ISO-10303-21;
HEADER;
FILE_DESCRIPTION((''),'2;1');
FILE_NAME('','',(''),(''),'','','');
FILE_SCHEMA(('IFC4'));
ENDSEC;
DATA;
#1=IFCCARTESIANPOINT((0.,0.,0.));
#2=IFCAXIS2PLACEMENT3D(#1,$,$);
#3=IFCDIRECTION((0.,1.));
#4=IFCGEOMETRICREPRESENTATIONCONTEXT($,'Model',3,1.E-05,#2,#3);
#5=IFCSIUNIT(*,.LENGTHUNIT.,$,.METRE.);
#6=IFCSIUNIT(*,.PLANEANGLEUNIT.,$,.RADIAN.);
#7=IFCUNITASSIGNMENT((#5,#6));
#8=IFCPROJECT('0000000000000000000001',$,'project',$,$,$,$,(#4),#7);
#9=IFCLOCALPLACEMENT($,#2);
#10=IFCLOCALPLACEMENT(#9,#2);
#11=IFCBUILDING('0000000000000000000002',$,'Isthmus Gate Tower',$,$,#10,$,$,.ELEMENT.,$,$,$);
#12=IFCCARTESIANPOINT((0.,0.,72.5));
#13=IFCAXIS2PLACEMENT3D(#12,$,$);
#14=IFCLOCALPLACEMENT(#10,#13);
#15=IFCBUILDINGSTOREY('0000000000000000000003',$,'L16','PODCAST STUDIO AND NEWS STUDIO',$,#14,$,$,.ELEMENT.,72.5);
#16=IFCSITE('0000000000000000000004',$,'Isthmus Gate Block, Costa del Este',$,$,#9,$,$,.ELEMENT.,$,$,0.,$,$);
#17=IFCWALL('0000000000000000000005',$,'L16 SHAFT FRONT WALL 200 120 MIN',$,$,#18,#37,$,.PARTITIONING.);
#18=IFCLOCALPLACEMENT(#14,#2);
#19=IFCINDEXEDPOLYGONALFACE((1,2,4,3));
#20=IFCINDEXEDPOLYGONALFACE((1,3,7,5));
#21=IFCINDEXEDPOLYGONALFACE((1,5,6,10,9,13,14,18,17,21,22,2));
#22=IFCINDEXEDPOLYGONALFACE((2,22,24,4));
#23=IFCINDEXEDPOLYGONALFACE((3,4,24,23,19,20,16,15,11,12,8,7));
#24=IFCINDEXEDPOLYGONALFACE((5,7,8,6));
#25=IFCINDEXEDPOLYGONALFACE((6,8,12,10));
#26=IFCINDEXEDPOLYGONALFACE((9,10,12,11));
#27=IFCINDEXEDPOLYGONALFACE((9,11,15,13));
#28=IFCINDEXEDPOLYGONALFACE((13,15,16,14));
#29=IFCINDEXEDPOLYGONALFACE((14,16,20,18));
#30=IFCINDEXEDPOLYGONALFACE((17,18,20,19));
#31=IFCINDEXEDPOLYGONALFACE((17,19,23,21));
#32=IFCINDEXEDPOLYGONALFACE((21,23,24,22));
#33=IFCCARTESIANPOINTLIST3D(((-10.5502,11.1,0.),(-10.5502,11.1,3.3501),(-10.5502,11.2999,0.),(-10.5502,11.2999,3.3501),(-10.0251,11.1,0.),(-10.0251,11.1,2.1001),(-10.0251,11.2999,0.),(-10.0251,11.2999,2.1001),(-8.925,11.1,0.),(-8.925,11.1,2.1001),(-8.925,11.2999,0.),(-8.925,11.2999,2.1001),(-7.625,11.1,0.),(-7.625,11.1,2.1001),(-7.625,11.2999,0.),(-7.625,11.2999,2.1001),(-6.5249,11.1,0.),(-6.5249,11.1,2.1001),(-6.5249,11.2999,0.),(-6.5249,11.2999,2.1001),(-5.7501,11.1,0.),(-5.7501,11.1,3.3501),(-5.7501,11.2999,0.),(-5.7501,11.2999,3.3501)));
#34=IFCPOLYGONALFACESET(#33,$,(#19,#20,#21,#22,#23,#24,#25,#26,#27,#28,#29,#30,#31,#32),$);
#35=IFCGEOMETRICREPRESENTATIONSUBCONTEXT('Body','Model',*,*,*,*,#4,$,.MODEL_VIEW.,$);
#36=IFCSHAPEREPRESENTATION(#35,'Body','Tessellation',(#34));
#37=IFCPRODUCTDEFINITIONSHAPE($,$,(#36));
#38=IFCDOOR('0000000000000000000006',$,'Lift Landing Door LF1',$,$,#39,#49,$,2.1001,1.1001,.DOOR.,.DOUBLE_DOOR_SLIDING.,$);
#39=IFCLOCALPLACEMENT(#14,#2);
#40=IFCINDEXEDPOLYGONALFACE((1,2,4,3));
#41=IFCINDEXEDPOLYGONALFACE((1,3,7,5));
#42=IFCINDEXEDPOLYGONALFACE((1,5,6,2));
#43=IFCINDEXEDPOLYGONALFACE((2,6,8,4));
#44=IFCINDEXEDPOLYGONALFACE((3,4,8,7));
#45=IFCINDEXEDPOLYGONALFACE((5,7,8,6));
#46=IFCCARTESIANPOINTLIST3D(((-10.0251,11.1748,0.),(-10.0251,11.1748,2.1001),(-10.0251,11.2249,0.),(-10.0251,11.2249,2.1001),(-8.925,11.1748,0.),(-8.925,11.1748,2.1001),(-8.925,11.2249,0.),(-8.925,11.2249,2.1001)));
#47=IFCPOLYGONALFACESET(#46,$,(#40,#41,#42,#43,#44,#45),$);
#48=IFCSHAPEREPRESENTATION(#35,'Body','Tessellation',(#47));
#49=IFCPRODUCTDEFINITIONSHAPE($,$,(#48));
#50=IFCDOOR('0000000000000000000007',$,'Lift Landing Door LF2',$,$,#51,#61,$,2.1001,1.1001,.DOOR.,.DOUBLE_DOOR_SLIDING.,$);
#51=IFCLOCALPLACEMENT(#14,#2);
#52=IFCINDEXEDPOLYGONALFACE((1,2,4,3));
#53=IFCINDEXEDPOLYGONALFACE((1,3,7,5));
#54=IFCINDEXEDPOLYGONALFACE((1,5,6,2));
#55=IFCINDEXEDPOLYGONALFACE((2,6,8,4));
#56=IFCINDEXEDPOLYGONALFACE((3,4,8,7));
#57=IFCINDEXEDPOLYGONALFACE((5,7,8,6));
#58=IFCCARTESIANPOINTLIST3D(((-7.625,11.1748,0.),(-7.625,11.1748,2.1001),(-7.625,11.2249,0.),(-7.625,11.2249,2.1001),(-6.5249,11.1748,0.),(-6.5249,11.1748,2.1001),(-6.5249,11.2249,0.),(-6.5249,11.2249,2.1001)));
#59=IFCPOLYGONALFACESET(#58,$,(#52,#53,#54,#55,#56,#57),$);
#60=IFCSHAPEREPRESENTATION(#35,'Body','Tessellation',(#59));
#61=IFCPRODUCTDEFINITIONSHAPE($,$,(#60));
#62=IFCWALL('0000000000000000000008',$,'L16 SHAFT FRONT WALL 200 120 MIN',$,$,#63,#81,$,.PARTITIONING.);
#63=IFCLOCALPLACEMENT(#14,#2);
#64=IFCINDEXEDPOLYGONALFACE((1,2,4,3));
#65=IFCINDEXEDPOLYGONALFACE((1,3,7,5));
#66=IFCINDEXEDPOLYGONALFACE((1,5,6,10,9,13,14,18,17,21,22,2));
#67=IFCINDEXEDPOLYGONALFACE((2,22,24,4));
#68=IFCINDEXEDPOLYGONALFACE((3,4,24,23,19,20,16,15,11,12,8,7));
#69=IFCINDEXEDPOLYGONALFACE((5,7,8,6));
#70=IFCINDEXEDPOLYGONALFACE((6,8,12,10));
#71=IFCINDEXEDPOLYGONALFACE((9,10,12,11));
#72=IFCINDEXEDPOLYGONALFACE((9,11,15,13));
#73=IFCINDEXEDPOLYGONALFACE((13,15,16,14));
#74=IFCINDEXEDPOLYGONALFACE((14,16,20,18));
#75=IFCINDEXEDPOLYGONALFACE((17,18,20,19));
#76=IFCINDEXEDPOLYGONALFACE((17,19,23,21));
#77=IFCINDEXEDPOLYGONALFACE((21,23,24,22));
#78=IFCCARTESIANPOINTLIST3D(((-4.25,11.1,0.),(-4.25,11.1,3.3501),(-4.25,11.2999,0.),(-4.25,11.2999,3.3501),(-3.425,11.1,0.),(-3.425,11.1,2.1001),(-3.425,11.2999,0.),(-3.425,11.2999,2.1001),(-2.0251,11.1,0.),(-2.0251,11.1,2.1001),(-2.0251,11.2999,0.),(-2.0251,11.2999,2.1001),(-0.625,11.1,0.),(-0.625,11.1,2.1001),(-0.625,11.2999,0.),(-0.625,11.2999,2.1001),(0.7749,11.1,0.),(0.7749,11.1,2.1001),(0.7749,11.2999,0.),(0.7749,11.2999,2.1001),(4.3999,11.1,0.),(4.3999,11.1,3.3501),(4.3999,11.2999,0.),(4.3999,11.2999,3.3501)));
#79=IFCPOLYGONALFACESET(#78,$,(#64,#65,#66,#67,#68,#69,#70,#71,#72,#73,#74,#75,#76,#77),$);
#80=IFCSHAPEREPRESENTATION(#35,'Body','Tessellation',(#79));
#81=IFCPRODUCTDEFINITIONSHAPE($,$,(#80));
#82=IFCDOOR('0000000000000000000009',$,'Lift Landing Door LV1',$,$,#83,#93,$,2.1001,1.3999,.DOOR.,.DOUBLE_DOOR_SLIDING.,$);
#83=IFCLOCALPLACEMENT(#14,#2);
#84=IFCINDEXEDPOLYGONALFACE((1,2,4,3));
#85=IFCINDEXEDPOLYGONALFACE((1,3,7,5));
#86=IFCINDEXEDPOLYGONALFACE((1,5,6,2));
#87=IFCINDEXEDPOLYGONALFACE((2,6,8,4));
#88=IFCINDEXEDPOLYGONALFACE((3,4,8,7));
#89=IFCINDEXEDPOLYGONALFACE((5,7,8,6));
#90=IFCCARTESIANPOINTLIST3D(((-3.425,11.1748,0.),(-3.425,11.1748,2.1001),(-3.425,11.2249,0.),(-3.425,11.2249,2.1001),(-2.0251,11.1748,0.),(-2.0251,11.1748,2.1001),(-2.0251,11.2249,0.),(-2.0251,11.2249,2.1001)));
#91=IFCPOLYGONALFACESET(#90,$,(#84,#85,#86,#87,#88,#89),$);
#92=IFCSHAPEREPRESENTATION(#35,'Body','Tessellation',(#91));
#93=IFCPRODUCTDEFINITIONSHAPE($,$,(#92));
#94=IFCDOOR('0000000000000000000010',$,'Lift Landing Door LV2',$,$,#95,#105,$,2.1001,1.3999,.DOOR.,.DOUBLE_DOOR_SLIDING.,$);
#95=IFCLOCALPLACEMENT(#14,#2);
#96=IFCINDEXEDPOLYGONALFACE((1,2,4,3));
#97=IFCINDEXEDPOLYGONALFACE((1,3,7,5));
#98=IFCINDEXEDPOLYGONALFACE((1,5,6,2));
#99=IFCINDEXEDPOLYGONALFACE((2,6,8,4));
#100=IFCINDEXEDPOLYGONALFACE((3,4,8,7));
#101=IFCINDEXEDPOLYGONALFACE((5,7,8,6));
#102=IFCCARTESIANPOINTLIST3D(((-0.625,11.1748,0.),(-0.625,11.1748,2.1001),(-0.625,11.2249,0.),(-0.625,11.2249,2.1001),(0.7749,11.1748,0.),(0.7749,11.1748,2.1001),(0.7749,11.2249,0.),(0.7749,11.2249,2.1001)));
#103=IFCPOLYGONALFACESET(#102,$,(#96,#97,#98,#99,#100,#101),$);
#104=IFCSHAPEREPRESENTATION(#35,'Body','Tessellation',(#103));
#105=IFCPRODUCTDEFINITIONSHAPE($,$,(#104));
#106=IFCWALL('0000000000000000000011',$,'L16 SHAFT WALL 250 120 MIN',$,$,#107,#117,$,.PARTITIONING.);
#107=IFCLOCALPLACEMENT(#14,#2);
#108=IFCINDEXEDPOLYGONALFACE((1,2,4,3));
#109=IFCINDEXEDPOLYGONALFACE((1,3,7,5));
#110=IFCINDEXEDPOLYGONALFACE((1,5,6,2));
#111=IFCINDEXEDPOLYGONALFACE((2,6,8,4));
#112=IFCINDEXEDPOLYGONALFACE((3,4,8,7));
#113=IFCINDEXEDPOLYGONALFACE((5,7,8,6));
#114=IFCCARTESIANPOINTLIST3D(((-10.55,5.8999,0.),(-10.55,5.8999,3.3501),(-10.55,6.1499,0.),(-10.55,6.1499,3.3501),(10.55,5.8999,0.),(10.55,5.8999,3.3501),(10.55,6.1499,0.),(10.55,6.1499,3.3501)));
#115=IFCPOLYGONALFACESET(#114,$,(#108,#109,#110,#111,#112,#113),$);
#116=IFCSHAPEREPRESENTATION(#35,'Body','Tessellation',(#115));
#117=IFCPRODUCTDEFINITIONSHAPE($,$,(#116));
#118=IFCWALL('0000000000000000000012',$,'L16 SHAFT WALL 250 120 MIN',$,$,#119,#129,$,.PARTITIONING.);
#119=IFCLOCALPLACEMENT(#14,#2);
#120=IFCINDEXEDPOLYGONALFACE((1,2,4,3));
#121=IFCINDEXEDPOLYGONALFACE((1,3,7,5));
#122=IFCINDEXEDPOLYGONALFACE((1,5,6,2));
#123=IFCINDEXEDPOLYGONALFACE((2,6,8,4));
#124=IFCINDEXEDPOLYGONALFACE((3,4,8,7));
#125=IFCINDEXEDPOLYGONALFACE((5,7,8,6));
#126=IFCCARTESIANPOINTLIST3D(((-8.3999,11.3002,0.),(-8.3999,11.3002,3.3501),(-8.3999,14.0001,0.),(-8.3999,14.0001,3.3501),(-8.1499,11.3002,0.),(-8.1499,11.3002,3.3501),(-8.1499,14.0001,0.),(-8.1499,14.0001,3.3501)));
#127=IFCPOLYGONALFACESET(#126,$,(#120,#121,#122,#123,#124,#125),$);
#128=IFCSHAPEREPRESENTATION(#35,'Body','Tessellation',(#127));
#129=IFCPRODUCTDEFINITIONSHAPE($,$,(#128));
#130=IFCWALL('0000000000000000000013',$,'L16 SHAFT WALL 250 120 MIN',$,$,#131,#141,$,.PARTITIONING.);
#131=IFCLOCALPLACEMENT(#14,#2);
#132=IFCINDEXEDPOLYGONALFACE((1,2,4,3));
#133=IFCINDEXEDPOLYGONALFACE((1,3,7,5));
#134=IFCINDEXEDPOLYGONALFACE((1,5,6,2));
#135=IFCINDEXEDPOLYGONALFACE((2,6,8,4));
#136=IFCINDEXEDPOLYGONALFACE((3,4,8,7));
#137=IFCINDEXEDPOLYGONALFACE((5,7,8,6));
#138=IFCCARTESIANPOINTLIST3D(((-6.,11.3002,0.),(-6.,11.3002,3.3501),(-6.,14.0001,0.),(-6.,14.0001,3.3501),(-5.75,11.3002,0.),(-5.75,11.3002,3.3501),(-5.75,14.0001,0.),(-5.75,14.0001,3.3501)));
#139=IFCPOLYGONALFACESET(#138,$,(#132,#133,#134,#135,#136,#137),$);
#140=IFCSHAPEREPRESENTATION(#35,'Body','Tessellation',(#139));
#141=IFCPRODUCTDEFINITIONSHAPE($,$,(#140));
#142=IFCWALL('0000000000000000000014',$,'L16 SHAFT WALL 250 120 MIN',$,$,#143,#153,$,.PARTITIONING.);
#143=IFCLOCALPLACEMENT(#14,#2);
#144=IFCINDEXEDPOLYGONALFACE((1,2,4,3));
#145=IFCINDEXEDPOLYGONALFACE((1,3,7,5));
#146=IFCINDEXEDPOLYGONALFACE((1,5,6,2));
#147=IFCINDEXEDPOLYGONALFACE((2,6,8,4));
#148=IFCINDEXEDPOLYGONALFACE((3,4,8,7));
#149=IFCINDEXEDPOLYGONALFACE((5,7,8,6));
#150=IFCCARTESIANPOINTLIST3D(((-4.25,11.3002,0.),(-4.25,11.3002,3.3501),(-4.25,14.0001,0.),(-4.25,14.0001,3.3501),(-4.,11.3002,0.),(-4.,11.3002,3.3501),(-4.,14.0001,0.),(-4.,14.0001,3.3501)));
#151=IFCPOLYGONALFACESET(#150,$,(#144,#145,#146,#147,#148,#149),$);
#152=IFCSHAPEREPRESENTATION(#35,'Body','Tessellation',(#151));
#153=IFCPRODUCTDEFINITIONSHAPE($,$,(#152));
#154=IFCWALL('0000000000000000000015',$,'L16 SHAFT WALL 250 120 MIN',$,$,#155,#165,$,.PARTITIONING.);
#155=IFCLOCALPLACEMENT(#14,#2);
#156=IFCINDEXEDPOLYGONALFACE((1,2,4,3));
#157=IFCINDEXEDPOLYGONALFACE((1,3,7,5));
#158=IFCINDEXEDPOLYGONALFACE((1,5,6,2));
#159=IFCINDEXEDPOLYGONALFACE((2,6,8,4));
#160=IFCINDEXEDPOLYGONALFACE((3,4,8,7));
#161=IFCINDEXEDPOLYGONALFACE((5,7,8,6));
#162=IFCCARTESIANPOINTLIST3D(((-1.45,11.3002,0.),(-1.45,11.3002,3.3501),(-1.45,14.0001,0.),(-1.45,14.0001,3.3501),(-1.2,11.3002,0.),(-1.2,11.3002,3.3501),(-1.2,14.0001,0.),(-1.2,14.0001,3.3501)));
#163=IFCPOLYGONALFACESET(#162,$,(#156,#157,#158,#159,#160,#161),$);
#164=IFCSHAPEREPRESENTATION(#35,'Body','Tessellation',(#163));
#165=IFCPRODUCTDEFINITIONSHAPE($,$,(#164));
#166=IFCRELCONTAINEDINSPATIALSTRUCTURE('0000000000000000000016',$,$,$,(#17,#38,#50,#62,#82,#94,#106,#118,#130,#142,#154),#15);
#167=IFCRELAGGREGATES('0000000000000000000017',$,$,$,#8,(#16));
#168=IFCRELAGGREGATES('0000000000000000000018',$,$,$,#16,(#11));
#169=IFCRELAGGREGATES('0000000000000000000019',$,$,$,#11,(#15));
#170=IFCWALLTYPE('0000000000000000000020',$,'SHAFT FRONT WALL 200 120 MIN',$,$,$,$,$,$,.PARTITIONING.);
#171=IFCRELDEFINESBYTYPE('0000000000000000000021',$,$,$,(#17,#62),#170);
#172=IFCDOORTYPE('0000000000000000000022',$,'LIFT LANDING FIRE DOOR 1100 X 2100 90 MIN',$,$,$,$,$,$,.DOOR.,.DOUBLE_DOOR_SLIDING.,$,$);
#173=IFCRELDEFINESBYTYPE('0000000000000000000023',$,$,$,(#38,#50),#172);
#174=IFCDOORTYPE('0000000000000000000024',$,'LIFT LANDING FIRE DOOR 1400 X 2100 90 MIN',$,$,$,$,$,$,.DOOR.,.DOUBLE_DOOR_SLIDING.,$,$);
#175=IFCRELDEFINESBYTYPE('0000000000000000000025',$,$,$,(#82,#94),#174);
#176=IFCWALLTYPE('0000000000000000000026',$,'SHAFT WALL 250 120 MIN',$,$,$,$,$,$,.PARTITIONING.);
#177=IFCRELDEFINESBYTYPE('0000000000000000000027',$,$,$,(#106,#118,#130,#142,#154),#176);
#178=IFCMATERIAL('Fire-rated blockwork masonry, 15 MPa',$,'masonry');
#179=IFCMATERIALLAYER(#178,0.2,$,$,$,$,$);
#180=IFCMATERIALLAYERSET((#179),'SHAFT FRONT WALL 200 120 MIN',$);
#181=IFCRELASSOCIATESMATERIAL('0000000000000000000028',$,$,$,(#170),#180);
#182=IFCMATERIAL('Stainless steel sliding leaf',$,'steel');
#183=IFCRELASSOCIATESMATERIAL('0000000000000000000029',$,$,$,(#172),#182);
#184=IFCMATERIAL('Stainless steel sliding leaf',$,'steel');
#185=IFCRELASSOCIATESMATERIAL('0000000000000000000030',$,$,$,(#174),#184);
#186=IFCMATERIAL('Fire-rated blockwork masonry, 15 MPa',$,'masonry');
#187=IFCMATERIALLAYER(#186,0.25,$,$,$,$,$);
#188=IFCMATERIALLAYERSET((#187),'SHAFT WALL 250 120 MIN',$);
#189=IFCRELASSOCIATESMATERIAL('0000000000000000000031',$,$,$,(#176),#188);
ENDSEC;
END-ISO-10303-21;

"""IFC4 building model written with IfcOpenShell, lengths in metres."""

from ifc_helpers import new_model, si_unit, direction, frame, frame_2d, origin, place, context, subcontext, project, spatial, rectangle, extrude, material, layer, layer_set, type_object, element, fill, save


model = new_model("IFC4")

# Units and contexts
model_context = context("Model", 3, precision=1e-05, world=origin(), true_north=direction((0.0, 1.0)))
body_context = subcontext(model_context, "Body", "Model", "MODEL_VIEW")
ifc_project = project(units=[si_unit("LENGTHUNIT", "METRE"), si_unit("PLANEANGLEUNIT", "RADIAN")], contexts=[model_context])

# Site, building, storey
site_placement = place(None, origin())
site = spatial("IfcSite", under=ifc_project, at=site_placement, Name="Isthmus Gate Block, Costa del Este", CompositionType="ELEMENT", RefElevation=0.0)
building_placement = place(site_placement, origin())
building = spatial("IfcBuilding", under=site, at=building_placement, Name="Isthmus Gate Tower", CompositionType="ELEMENT")
storey_placement = place(building_placement, frame((0.0, 0.0, 72.5)))
storey = spatial("IfcBuildingStorey", under=building, at=storey_placement, Name="L16", Description="PODCAST STUDIO AND NEWS STUDIO", CompositionType="ELEMENT", Elevation=72.5)

# Walls, openings, doors
ifc_material_1 = material(Name="Fire-rated blockwork masonry, 15 MPa", Category="masonry")
ifc_layer_1 = layer(ifc_material_1, 0.2)
ifc_layer_set_1 = layer_set([ifc_layer_1], Name="SHAFT FRONT WALL 200 120 MIN")
wall_type_1 = type_object("IfcWallType", Name="SHAFT FRONT WALL 200 120 MIN", PredefinedType="PARTITIONING", material=ifc_layer_set_1)
wall_1_placement = place(storey_placement, frame((-10.55, 11.2, 0.0), z_axis=(0.0, 0.0, 1.0), x_axis=(1.0, 0.0, 0.0)))
wall_1 = element("IfcWall", 1, at=wall_1_placement, inside=storey, type_object=wall_type_1, Name="L16 SHAFT FRONT WALL 200 120 MIN", PredefinedType="PARTITIONING", context=body_context, shape_type="SweptSolid", body=[
    extrude(rectangle(XDim=4.8, YDim=0.2, at=frame_2d((2.3999, 0.0))), origin(), (0.0, 0.0, 1.0), 3.3501),
])
opening_1_placement = place(wall_1_placement, frame((0.5249, 0.0, 0.0)))
opening_1 = element("IfcOpeningElement", 2, at=opening_1_placement, cuts=wall_1, PredefinedType="OPENING", context=body_context, shape_type="SweptSolid", body=[
    extrude(rectangle(XDim=1.1001, YDim=2.1001, at=frame_2d((0.55, 1.05))), frame((0.0, 0.1099, 0.0), z_axis=(0.0, -1.0, 0.0), x_axis=(1.0, 0.0, 0.0)), (0.0, 0.0, 1.0), 0.22),
])
opening_2_placement = place(wall_1_placement, frame((2.925, 0.0, 0.0)))
opening_2 = element("IfcOpeningElement", 3, at=opening_2_placement, cuts=wall_1, PredefinedType="OPENING", context=body_context, shape_type="SweptSolid", body=[
    extrude(rectangle(XDim=1.1001, YDim=2.1001, at=frame_2d((0.55, 1.05))), frame((0.0, 0.1099, 0.0), z_axis=(0.0, -1.0, 0.0), x_axis=(1.0, 0.0, 0.0)), (0.0, 0.0, 1.0), 0.22),
])
ifc_material_2 = material(Name="Stainless steel sliding leaf", Category="steel")
door_type_1 = type_object("IfcDoorType", Name="LIFT LANDING FIRE DOOR 1100 X 2100 90 MIN", OperationType="DOUBLE_DOOR_SLIDING", PredefinedType="DOOR", material=ifc_material_2)
door_1_placement = place(opening_1_placement, origin())
door_1 = element("IfcDoor", 4, at=door_1_placement, inside=storey, type_object=door_type_1, Name="Lift Landing Door LF1", OperationType="DOUBLE_DOOR_SLIDING", OverallHeight=2.1001, OverallWidth=1.1001, PredefinedType="DOOR", context=body_context, shape_type="SweptSolid", body=[
    extrude(rectangle(XDim=1.1001, YDim=2.1001, at=frame_2d((0.55, 1.05))), frame((0.0, 0.0249, 0.0), z_axis=(0.0, -1.0, 0.0), x_axis=(1.0, 0.0, 0.0)), (0.0, 0.0, 1.0), 0.05),
])
fill(opening_1, door_1)
door_2_placement = place(opening_2_placement, origin())
door_2 = element("IfcDoor", 5, at=door_2_placement, inside=storey, type_object=door_type_1, Name="Lift Landing Door LF2", OperationType="DOUBLE_DOOR_SLIDING", OverallHeight=2.1001, OverallWidth=1.1001, PredefinedType="DOOR", context=body_context, shape_type="SweptSolid", body=[
    extrude(rectangle(XDim=1.1001, YDim=2.1001, at=frame_2d((0.55, 1.05))), frame((0.0, 0.0249, 0.0), z_axis=(0.0, -1.0, 0.0), x_axis=(1.0, 0.0, 0.0)), (0.0, 0.0, 1.0), 0.05),
])
fill(opening_2, door_2)
wall_2_placement = place(storey_placement, frame((-4.25, 11.2, 0.0), z_axis=(0.0, 0.0, 1.0), x_axis=(1.0, 0.0, 0.0)))
wall_2 = element("IfcWall", 6, at=wall_2_placement, inside=storey, type_object=wall_type_1, Name="L16 SHAFT FRONT WALL 200 120 MIN", PredefinedType="PARTITIONING", context=body_context, shape_type="SweptSolid", body=[
    extrude(rectangle(XDim=8.6499, YDim=0.2, at=frame_2d((4.325, 0.0))), origin(), (0.0, 0.0, 1.0), 3.3501),
])
opening_3_placement = place(wall_2_placement, frame((0.825, 0.0, 0.0)))
opening_3 = element("IfcOpeningElement", 7, at=opening_3_placement, cuts=wall_2, PredefinedType="OPENING", context=body_context, shape_type="SweptSolid", body=[
    extrude(rectangle(XDim=1.3999, YDim=2.1001, at=frame_2d((0.7, 1.05))), frame((0.0, 0.1099, 0.0), z_axis=(0.0, -1.0, 0.0), x_axis=(1.0, 0.0, 0.0)), (0.0, 0.0, 1.0), 0.22),
])
opening_4_placement = place(wall_2_placement, frame((3.625, 0.0, 0.0)))
opening_4 = element("IfcOpeningElement", 8, at=opening_4_placement, cuts=wall_2, PredefinedType="OPENING", context=body_context, shape_type="SweptSolid", body=[
    extrude(rectangle(XDim=1.3999, YDim=2.1001, at=frame_2d((0.7, 1.05))), frame((0.0, 0.1099, 0.0), z_axis=(0.0, -1.0, 0.0), x_axis=(1.0, 0.0, 0.0)), (0.0, 0.0, 1.0), 0.22),
])
ifc_material_3 = material(Name="Stainless steel sliding leaf", Category="steel")
door_type_2 = type_object("IfcDoorType", Name="LIFT LANDING FIRE DOOR 1400 X 2100 90 MIN", OperationType="DOUBLE_DOOR_SLIDING", PredefinedType="DOOR", material=ifc_material_3)
door_3_placement = place(opening_3_placement, origin())
door_3 = element("IfcDoor", 9, at=door_3_placement, inside=storey, type_object=door_type_2, Name="Lift Landing Door LV1", OperationType="DOUBLE_DOOR_SLIDING", OverallHeight=2.1001, OverallWidth=1.3999, PredefinedType="DOOR", context=body_context, shape_type="SweptSolid", body=[
    extrude(rectangle(XDim=1.3999, YDim=2.1001, at=frame_2d((0.7, 1.05))), frame((0.0, 0.0249, 0.0), z_axis=(0.0, -1.0, 0.0), x_axis=(1.0, 0.0, 0.0)), (0.0, 0.0, 1.0), 0.05),
])
fill(opening_3, door_3)
door_4_placement = place(opening_4_placement, origin())
door_4 = element("IfcDoor", 10, at=door_4_placement, inside=storey, type_object=door_type_2, Name="Lift Landing Door LV2", OperationType="DOUBLE_DOOR_SLIDING", OverallHeight=2.1001, OverallWidth=1.3999, PredefinedType="DOOR", context=body_context, shape_type="SweptSolid", body=[
    extrude(rectangle(XDim=1.3999, YDim=2.1001, at=frame_2d((0.7, 1.05))), frame((0.0, 0.0249, 0.0), z_axis=(0.0, -1.0, 0.0), x_axis=(1.0, 0.0, 0.0)), (0.0, 0.0, 1.0), 0.05),
])
fill(opening_4, door_4)

# Walls
ifc_material_4 = material(Name="Fire-rated blockwork masonry, 15 MPa", Category="masonry")
ifc_layer_2 = layer(ifc_material_4, 0.25)
ifc_layer_set_2 = layer_set([ifc_layer_2], Name="SHAFT WALL 250 120 MIN")
wall_type_2 = type_object("IfcWallType", Name="SHAFT WALL 250 120 MIN", PredefinedType="PARTITIONING", material=ifc_layer_set_2)
wall_3_placement = place(storey_placement, frame((-10.55, 6.0249, 0.0), z_axis=(0.0, 0.0, 1.0), x_axis=(1.0, 0.0, 0.0)))
element("IfcWall", 11, at=wall_3_placement, inside=storey, type_object=wall_type_2, Name="L16 SHAFT WALL 250 120 MIN", PredefinedType="PARTITIONING", context=body_context, shape_type="SweptSolid", body=[
    extrude(rectangle(XDim=21.1001, YDim=0.25, at=frame_2d((10.55, 0.0))), origin(), (0.0, 0.0, 1.0), 3.3501),
])
for number, where, z_axis, x_axis, name in (
    (12, (-8.2749, 11.3, 0.0), (0.0, 0.0, 1.0), (0.0, 1.0, 0.0), "L16 SHAFT WALL 250 120 MIN"),
    (13, (-5.875, 11.3, 0.0), (0.0, 0.0, 1.0), (0.0, 1.0, 0.0), "L16 SHAFT WALL 250 120 MIN"),
    (14, (-4.125, 11.3, 0.0), (0.0, 0.0, 1.0), (0.0, 1.0, 0.0), "L16 SHAFT WALL 250 120 MIN"),
    (15, (-1.325, 11.3, 0.0), (0.0, 0.0, 1.0), (0.0, 1.0, 0.0), "L16 SHAFT WALL 250 120 MIN"),
):
    element("IfcWall", number, at=place(storey_placement, frame(where, z_axis=z_axis, x_axis=x_axis)), inside=storey, type_object=wall_type_2, Name=name, PredefinedType="PARTITIONING", context=body_context, shape_type="SweptSolid", body=[
        extrude(rectangle(XDim=2.7, YDim=0.25, at=frame_2d((1.3501, 0.0))), origin(), (0.0, 0.0, 1.0), 3.3501),
    ])

save(model, "model.ifc")
